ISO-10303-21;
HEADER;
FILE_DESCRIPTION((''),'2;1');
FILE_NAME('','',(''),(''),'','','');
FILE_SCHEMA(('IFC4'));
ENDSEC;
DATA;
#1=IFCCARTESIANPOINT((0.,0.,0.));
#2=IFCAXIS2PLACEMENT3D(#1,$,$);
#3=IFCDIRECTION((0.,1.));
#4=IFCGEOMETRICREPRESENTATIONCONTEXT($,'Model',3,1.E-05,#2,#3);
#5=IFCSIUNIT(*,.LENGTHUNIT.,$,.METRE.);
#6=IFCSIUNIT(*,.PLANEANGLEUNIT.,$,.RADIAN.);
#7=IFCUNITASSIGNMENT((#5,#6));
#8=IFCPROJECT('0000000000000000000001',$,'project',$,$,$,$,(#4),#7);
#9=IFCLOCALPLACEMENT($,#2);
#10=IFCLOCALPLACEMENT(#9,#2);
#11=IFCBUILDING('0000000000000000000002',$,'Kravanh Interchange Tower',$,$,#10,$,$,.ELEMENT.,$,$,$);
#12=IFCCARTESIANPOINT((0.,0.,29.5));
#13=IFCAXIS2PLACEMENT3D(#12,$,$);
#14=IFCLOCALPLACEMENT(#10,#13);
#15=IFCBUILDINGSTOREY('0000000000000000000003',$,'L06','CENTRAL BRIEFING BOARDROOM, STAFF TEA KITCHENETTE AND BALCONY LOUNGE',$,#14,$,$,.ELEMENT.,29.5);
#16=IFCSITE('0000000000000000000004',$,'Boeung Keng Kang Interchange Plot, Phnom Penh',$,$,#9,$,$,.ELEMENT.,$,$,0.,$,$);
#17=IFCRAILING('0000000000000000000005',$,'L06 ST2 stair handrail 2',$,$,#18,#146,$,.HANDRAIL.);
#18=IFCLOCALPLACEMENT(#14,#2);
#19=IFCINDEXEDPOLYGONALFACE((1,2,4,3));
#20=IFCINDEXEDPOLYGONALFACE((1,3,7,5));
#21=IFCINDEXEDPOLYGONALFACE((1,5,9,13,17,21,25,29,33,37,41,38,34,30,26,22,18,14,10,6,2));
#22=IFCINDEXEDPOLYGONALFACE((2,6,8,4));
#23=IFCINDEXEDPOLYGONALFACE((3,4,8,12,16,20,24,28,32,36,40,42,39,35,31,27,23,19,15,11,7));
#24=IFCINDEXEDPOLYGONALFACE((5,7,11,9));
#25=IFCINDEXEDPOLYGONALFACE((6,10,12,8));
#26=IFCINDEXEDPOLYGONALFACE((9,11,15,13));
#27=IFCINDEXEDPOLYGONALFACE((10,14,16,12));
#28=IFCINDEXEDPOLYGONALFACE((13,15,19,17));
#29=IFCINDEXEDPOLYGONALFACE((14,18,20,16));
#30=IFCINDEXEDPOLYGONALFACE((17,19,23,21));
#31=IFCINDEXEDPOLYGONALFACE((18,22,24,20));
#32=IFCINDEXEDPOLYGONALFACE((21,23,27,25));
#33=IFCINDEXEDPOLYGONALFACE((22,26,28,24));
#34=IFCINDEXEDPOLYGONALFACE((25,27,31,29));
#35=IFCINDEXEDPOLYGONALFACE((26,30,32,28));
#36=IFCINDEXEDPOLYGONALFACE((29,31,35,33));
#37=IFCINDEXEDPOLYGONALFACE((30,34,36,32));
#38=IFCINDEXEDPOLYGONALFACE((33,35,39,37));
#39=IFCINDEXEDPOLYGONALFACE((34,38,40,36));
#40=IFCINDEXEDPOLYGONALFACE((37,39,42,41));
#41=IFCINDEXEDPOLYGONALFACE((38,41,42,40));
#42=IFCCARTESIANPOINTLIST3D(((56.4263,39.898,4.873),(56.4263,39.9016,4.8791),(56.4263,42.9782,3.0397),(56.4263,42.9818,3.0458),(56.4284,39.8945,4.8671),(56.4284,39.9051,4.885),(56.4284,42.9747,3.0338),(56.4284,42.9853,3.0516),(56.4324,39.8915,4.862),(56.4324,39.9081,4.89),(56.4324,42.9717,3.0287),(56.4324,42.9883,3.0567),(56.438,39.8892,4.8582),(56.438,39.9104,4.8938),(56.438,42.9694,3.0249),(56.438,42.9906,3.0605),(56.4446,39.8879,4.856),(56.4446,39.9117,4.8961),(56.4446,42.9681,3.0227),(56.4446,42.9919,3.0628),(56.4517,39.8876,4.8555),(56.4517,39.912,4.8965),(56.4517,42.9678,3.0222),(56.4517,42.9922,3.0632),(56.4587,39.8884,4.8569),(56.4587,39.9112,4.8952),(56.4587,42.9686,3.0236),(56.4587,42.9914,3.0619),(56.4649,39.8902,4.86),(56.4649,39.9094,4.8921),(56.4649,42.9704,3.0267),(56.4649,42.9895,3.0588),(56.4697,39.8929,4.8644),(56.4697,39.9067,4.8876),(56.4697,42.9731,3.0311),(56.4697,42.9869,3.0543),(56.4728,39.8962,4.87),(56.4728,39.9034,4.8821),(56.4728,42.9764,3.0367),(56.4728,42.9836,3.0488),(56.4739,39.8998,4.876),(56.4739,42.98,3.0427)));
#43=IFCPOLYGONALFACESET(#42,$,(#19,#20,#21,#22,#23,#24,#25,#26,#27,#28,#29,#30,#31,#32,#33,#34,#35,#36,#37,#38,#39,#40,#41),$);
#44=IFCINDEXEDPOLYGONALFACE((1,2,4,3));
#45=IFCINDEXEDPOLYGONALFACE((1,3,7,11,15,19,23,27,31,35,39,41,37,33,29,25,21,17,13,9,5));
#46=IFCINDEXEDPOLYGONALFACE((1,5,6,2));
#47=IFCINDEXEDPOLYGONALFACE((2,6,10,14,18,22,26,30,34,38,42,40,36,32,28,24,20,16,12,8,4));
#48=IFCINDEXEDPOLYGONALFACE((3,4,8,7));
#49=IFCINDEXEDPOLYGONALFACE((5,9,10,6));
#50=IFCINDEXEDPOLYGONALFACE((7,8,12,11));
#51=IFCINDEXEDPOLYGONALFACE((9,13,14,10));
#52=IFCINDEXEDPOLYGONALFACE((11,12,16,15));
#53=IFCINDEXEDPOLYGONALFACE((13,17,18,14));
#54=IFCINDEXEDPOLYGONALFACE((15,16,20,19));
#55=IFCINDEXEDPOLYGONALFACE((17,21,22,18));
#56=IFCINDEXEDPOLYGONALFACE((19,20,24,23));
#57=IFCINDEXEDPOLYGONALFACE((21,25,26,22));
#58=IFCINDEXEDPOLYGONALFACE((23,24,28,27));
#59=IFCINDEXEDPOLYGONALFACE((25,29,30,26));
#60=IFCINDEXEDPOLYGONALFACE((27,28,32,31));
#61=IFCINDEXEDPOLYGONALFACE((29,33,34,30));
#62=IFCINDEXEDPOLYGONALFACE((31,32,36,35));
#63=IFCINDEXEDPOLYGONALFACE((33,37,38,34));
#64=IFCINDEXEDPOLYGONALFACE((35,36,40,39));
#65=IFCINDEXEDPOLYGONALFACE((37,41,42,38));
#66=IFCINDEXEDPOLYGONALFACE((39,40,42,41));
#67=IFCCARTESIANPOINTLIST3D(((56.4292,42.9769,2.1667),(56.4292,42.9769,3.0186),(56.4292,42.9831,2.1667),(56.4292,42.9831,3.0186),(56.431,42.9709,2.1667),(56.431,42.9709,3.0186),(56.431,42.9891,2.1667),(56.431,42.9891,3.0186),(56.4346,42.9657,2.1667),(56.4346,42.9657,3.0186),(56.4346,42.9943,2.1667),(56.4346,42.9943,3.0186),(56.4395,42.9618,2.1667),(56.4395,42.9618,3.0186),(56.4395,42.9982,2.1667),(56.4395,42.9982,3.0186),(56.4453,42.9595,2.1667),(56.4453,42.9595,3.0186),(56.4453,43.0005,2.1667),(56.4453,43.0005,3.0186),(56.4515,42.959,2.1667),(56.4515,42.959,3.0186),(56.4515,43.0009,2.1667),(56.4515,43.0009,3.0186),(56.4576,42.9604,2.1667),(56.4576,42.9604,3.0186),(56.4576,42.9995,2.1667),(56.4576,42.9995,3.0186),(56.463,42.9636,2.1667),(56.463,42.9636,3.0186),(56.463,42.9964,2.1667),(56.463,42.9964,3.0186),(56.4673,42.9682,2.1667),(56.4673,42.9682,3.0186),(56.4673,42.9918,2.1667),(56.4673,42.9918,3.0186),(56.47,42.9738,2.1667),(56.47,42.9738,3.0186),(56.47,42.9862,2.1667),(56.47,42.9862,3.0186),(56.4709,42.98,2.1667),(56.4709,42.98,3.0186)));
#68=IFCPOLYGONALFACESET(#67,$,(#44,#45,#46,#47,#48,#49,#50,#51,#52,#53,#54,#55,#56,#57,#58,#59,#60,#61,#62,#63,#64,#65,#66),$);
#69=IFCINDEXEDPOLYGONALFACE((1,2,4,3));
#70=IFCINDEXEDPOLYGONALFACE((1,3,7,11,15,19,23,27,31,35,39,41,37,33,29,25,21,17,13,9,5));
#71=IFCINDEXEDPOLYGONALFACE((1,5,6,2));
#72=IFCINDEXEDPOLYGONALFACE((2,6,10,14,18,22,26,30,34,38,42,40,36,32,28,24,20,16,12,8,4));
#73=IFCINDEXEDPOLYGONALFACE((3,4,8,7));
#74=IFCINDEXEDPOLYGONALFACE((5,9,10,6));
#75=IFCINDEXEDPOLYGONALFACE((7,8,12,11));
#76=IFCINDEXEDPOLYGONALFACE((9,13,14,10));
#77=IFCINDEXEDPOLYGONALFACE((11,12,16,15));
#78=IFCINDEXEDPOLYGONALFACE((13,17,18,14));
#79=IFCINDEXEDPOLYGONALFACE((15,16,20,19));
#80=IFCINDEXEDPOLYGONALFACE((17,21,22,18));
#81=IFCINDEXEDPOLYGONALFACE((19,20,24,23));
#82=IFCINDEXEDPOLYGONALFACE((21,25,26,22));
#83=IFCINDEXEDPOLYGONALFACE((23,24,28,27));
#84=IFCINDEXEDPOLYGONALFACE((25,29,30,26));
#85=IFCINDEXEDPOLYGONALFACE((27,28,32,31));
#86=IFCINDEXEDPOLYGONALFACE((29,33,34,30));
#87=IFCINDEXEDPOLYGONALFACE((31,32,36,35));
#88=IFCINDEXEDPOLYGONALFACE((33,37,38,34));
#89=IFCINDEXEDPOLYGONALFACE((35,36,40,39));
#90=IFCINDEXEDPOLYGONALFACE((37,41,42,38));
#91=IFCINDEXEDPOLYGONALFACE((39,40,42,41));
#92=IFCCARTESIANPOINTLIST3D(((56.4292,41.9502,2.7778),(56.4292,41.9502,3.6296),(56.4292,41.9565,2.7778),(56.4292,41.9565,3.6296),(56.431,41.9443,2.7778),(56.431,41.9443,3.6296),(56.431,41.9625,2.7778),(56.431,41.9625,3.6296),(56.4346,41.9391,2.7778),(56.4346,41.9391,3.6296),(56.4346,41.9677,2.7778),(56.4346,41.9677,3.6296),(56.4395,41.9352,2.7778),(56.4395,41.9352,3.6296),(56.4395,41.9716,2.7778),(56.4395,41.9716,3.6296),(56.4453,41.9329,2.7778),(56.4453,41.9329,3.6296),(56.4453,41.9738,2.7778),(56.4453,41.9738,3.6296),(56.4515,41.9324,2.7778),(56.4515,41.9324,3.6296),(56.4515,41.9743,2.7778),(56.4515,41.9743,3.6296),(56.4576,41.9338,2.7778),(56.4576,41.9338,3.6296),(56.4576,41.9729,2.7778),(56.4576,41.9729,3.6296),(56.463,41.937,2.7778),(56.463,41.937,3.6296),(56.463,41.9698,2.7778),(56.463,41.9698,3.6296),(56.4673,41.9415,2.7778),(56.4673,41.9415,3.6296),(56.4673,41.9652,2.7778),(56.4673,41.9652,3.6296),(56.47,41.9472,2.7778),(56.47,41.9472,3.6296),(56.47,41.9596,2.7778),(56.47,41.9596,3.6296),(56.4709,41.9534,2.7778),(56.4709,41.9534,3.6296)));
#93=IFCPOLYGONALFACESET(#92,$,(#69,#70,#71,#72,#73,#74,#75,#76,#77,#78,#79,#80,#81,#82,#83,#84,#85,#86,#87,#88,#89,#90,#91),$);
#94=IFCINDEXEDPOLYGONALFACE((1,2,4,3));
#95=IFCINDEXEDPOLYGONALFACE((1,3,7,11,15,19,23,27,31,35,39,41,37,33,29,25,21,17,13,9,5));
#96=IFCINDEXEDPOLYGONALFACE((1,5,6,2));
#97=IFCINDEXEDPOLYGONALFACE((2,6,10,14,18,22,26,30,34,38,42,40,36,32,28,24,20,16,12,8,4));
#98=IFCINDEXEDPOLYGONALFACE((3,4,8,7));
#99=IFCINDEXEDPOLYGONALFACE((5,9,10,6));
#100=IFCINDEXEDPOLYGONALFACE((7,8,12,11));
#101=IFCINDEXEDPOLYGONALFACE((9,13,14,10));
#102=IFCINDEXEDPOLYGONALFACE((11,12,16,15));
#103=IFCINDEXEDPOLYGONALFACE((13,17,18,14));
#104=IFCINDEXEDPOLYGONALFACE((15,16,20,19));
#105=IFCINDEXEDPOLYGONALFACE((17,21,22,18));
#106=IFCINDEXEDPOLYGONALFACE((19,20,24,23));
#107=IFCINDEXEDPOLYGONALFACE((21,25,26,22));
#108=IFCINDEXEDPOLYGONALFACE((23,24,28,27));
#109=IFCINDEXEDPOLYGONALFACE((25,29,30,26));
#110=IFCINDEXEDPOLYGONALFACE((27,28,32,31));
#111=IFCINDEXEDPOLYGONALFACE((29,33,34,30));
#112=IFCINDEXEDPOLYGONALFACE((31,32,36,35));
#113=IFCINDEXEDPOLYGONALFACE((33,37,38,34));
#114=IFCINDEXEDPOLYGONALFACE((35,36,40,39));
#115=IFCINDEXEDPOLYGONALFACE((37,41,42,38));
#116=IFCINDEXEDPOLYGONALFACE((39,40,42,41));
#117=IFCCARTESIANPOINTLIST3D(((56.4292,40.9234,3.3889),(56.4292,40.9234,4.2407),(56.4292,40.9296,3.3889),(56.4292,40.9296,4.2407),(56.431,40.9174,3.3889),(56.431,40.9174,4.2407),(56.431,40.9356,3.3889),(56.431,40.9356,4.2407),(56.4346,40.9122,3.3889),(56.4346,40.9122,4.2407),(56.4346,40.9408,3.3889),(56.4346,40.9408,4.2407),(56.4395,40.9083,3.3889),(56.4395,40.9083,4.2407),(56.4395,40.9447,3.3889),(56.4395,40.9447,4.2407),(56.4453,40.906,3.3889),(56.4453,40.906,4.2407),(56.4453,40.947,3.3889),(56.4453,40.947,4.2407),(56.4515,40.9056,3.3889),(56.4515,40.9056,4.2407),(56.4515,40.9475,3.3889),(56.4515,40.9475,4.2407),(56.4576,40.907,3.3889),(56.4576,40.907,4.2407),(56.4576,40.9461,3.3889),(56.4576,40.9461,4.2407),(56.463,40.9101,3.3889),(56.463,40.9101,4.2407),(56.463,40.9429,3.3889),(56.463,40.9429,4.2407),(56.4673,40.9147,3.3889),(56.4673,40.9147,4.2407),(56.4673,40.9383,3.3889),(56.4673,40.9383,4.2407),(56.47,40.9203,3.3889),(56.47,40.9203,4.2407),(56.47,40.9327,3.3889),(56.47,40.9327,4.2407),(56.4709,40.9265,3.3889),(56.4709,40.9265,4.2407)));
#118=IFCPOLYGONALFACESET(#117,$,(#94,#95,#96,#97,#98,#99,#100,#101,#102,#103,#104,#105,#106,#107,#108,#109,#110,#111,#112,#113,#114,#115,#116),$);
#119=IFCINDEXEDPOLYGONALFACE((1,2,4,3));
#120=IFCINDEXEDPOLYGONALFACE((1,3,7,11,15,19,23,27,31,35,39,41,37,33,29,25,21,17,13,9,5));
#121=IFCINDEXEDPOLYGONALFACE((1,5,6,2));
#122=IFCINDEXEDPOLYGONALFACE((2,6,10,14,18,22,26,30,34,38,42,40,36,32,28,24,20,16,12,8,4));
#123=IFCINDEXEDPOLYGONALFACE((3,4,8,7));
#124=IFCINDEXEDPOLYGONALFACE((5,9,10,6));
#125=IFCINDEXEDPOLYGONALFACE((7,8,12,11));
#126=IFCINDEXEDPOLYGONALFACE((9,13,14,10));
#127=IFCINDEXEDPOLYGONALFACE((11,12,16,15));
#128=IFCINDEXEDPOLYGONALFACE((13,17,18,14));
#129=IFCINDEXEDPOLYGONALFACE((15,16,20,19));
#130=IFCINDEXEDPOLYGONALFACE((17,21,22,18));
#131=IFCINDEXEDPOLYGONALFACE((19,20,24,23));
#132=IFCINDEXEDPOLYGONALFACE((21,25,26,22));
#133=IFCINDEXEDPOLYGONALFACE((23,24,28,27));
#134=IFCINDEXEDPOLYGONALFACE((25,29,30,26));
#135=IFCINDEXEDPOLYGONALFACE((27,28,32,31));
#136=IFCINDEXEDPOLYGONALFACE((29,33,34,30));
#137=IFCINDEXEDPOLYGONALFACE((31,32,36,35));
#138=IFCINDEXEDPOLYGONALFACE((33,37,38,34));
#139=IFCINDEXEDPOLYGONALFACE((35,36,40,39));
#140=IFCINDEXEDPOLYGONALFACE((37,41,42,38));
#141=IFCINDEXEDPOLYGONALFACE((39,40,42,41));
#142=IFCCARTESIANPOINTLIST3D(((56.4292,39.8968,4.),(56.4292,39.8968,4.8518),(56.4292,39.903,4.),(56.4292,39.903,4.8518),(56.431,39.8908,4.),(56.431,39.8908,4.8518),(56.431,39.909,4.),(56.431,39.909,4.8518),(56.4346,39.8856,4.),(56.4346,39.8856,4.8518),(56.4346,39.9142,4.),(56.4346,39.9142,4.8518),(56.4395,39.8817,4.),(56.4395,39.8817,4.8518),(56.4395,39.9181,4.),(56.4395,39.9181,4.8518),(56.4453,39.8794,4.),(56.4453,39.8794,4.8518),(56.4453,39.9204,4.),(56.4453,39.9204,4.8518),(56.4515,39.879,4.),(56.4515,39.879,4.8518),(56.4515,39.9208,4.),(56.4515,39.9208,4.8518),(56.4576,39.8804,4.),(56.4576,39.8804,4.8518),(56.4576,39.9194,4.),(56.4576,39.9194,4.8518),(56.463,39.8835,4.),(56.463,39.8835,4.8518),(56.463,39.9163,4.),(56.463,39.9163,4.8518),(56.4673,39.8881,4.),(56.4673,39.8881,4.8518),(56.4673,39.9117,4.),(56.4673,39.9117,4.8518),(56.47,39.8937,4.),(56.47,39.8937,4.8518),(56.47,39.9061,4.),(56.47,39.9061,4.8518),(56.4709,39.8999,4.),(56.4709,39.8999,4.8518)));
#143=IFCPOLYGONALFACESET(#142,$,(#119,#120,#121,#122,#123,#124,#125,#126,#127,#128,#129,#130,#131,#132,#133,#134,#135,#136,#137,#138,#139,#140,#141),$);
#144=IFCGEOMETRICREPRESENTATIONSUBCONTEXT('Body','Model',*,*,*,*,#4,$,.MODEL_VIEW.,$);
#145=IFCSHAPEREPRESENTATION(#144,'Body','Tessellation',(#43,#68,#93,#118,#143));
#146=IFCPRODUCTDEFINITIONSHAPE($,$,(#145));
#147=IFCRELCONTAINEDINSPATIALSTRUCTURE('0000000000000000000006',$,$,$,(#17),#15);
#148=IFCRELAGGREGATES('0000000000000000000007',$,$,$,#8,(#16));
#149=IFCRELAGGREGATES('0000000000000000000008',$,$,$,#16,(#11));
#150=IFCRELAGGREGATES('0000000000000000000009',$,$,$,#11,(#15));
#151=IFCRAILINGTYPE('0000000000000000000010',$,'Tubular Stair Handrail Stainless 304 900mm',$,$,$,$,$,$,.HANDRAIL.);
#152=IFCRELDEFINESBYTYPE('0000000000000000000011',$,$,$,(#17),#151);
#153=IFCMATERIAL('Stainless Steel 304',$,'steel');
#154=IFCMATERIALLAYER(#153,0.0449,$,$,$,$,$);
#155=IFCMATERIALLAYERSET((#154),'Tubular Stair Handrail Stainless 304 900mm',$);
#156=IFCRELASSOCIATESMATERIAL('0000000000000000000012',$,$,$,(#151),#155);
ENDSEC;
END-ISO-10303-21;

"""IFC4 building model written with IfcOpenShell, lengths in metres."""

from ifc_helpers import new_model, si_unit, direction, frame, origin, origin_2d, place, context, subcontext, project, spatial, circle, extrude, material, layer, layer_set, type_object, element, save


model = new_model("IFC4")

# Units and contexts
model_context = context("Model", 3, precision=1e-05, world=origin(), true_north=direction((0.0, 1.0)))
body_context = subcontext(model_context, "Body", "Model", "MODEL_VIEW")
ifc_project = project(units=[si_unit("LENGTHUNIT", "METRE"), si_unit("PLANEANGLEUNIT", "RADIAN")], contexts=[model_context])

# Site, building, storey
site_placement = place(None, origin())
site = spatial("IfcSite", under=ifc_project, at=site_placement, Name="Boeung Keng Kang Interchange Plot, Phnom Penh", CompositionType="ELEMENT", RefElevation=0.0)
building_placement = place(site_placement, origin())
building = spatial("IfcBuilding", under=site, at=building_placement, Name="Kravanh Interchange Tower", CompositionType="ELEMENT")
storey_placement = place(building_placement, frame((0.0, 0.0, 29.5)))
storey = spatial("IfcBuildingStorey", under=building, at=storey_placement, Name="L06", Description="CENTRAL BRIEFING BOARDROOM, STAFF TEA KITCHENETTE AND BALCONY LOUNGE", CompositionType="ELEMENT", Elevation=29.5)

# Railing
ifc_material_1 = material(Name="Stainless Steel 304", Category="steel")
ifc_layer_1 = layer(ifc_material_1, 0.0449)
ifc_layer_set_1 = layer_set([ifc_layer_1], Name="Tubular Stair Handrail Stainless 304 900mm")
railing_type_1 = type_object("IfcRailingType", Name="Tubular Stair Handrail Stainless 304 900mm", PredefinedType="HANDRAIL", material=ifc_layer_set_1)
railing_1_placement = place(storey_placement, frame((56.45, 42.98, 2.1667)))
element("IfcRailing", 1, at=railing_1_placement, inside=storey, type_object=railing_type_1, Name="L06 ST2 stair handrail 2", PredefinedType="HANDRAIL", context=body_context, shape_type="SweptSolid", body=[
    extrude(circle(Radius=0.0239, at=origin_2d()), frame((0.0, 0.0, 0.876), z_axis=(0.0, -0.859309, 0.511458), x_axis=(1.0, 0.0, 0.0)), (0.0, 0.0, 1.0), 3.5845),
    extrude(circle(Radius=0.021, at=origin_2d()), origin(), (0.0, 0.0, 1.0), 0.8518),
    extrude(circle(Radius=0.021, at=origin_2d()), frame((0.0, -1.0266, 0.6111)), (0.0, 0.0, 1.0), 0.8518),
    extrude(circle(Radius=0.021, at=origin_2d()), frame((0.0, -2.0535, 1.2222)), (0.0, 0.0, 1.0), 0.8518),
    extrude(circle(Radius=0.021, at=origin_2d()), frame((0.0, -3.0801, 1.8333)), (0.0, 0.0, 1.0), 0.8518),
])

save(model, "model.ifc")
